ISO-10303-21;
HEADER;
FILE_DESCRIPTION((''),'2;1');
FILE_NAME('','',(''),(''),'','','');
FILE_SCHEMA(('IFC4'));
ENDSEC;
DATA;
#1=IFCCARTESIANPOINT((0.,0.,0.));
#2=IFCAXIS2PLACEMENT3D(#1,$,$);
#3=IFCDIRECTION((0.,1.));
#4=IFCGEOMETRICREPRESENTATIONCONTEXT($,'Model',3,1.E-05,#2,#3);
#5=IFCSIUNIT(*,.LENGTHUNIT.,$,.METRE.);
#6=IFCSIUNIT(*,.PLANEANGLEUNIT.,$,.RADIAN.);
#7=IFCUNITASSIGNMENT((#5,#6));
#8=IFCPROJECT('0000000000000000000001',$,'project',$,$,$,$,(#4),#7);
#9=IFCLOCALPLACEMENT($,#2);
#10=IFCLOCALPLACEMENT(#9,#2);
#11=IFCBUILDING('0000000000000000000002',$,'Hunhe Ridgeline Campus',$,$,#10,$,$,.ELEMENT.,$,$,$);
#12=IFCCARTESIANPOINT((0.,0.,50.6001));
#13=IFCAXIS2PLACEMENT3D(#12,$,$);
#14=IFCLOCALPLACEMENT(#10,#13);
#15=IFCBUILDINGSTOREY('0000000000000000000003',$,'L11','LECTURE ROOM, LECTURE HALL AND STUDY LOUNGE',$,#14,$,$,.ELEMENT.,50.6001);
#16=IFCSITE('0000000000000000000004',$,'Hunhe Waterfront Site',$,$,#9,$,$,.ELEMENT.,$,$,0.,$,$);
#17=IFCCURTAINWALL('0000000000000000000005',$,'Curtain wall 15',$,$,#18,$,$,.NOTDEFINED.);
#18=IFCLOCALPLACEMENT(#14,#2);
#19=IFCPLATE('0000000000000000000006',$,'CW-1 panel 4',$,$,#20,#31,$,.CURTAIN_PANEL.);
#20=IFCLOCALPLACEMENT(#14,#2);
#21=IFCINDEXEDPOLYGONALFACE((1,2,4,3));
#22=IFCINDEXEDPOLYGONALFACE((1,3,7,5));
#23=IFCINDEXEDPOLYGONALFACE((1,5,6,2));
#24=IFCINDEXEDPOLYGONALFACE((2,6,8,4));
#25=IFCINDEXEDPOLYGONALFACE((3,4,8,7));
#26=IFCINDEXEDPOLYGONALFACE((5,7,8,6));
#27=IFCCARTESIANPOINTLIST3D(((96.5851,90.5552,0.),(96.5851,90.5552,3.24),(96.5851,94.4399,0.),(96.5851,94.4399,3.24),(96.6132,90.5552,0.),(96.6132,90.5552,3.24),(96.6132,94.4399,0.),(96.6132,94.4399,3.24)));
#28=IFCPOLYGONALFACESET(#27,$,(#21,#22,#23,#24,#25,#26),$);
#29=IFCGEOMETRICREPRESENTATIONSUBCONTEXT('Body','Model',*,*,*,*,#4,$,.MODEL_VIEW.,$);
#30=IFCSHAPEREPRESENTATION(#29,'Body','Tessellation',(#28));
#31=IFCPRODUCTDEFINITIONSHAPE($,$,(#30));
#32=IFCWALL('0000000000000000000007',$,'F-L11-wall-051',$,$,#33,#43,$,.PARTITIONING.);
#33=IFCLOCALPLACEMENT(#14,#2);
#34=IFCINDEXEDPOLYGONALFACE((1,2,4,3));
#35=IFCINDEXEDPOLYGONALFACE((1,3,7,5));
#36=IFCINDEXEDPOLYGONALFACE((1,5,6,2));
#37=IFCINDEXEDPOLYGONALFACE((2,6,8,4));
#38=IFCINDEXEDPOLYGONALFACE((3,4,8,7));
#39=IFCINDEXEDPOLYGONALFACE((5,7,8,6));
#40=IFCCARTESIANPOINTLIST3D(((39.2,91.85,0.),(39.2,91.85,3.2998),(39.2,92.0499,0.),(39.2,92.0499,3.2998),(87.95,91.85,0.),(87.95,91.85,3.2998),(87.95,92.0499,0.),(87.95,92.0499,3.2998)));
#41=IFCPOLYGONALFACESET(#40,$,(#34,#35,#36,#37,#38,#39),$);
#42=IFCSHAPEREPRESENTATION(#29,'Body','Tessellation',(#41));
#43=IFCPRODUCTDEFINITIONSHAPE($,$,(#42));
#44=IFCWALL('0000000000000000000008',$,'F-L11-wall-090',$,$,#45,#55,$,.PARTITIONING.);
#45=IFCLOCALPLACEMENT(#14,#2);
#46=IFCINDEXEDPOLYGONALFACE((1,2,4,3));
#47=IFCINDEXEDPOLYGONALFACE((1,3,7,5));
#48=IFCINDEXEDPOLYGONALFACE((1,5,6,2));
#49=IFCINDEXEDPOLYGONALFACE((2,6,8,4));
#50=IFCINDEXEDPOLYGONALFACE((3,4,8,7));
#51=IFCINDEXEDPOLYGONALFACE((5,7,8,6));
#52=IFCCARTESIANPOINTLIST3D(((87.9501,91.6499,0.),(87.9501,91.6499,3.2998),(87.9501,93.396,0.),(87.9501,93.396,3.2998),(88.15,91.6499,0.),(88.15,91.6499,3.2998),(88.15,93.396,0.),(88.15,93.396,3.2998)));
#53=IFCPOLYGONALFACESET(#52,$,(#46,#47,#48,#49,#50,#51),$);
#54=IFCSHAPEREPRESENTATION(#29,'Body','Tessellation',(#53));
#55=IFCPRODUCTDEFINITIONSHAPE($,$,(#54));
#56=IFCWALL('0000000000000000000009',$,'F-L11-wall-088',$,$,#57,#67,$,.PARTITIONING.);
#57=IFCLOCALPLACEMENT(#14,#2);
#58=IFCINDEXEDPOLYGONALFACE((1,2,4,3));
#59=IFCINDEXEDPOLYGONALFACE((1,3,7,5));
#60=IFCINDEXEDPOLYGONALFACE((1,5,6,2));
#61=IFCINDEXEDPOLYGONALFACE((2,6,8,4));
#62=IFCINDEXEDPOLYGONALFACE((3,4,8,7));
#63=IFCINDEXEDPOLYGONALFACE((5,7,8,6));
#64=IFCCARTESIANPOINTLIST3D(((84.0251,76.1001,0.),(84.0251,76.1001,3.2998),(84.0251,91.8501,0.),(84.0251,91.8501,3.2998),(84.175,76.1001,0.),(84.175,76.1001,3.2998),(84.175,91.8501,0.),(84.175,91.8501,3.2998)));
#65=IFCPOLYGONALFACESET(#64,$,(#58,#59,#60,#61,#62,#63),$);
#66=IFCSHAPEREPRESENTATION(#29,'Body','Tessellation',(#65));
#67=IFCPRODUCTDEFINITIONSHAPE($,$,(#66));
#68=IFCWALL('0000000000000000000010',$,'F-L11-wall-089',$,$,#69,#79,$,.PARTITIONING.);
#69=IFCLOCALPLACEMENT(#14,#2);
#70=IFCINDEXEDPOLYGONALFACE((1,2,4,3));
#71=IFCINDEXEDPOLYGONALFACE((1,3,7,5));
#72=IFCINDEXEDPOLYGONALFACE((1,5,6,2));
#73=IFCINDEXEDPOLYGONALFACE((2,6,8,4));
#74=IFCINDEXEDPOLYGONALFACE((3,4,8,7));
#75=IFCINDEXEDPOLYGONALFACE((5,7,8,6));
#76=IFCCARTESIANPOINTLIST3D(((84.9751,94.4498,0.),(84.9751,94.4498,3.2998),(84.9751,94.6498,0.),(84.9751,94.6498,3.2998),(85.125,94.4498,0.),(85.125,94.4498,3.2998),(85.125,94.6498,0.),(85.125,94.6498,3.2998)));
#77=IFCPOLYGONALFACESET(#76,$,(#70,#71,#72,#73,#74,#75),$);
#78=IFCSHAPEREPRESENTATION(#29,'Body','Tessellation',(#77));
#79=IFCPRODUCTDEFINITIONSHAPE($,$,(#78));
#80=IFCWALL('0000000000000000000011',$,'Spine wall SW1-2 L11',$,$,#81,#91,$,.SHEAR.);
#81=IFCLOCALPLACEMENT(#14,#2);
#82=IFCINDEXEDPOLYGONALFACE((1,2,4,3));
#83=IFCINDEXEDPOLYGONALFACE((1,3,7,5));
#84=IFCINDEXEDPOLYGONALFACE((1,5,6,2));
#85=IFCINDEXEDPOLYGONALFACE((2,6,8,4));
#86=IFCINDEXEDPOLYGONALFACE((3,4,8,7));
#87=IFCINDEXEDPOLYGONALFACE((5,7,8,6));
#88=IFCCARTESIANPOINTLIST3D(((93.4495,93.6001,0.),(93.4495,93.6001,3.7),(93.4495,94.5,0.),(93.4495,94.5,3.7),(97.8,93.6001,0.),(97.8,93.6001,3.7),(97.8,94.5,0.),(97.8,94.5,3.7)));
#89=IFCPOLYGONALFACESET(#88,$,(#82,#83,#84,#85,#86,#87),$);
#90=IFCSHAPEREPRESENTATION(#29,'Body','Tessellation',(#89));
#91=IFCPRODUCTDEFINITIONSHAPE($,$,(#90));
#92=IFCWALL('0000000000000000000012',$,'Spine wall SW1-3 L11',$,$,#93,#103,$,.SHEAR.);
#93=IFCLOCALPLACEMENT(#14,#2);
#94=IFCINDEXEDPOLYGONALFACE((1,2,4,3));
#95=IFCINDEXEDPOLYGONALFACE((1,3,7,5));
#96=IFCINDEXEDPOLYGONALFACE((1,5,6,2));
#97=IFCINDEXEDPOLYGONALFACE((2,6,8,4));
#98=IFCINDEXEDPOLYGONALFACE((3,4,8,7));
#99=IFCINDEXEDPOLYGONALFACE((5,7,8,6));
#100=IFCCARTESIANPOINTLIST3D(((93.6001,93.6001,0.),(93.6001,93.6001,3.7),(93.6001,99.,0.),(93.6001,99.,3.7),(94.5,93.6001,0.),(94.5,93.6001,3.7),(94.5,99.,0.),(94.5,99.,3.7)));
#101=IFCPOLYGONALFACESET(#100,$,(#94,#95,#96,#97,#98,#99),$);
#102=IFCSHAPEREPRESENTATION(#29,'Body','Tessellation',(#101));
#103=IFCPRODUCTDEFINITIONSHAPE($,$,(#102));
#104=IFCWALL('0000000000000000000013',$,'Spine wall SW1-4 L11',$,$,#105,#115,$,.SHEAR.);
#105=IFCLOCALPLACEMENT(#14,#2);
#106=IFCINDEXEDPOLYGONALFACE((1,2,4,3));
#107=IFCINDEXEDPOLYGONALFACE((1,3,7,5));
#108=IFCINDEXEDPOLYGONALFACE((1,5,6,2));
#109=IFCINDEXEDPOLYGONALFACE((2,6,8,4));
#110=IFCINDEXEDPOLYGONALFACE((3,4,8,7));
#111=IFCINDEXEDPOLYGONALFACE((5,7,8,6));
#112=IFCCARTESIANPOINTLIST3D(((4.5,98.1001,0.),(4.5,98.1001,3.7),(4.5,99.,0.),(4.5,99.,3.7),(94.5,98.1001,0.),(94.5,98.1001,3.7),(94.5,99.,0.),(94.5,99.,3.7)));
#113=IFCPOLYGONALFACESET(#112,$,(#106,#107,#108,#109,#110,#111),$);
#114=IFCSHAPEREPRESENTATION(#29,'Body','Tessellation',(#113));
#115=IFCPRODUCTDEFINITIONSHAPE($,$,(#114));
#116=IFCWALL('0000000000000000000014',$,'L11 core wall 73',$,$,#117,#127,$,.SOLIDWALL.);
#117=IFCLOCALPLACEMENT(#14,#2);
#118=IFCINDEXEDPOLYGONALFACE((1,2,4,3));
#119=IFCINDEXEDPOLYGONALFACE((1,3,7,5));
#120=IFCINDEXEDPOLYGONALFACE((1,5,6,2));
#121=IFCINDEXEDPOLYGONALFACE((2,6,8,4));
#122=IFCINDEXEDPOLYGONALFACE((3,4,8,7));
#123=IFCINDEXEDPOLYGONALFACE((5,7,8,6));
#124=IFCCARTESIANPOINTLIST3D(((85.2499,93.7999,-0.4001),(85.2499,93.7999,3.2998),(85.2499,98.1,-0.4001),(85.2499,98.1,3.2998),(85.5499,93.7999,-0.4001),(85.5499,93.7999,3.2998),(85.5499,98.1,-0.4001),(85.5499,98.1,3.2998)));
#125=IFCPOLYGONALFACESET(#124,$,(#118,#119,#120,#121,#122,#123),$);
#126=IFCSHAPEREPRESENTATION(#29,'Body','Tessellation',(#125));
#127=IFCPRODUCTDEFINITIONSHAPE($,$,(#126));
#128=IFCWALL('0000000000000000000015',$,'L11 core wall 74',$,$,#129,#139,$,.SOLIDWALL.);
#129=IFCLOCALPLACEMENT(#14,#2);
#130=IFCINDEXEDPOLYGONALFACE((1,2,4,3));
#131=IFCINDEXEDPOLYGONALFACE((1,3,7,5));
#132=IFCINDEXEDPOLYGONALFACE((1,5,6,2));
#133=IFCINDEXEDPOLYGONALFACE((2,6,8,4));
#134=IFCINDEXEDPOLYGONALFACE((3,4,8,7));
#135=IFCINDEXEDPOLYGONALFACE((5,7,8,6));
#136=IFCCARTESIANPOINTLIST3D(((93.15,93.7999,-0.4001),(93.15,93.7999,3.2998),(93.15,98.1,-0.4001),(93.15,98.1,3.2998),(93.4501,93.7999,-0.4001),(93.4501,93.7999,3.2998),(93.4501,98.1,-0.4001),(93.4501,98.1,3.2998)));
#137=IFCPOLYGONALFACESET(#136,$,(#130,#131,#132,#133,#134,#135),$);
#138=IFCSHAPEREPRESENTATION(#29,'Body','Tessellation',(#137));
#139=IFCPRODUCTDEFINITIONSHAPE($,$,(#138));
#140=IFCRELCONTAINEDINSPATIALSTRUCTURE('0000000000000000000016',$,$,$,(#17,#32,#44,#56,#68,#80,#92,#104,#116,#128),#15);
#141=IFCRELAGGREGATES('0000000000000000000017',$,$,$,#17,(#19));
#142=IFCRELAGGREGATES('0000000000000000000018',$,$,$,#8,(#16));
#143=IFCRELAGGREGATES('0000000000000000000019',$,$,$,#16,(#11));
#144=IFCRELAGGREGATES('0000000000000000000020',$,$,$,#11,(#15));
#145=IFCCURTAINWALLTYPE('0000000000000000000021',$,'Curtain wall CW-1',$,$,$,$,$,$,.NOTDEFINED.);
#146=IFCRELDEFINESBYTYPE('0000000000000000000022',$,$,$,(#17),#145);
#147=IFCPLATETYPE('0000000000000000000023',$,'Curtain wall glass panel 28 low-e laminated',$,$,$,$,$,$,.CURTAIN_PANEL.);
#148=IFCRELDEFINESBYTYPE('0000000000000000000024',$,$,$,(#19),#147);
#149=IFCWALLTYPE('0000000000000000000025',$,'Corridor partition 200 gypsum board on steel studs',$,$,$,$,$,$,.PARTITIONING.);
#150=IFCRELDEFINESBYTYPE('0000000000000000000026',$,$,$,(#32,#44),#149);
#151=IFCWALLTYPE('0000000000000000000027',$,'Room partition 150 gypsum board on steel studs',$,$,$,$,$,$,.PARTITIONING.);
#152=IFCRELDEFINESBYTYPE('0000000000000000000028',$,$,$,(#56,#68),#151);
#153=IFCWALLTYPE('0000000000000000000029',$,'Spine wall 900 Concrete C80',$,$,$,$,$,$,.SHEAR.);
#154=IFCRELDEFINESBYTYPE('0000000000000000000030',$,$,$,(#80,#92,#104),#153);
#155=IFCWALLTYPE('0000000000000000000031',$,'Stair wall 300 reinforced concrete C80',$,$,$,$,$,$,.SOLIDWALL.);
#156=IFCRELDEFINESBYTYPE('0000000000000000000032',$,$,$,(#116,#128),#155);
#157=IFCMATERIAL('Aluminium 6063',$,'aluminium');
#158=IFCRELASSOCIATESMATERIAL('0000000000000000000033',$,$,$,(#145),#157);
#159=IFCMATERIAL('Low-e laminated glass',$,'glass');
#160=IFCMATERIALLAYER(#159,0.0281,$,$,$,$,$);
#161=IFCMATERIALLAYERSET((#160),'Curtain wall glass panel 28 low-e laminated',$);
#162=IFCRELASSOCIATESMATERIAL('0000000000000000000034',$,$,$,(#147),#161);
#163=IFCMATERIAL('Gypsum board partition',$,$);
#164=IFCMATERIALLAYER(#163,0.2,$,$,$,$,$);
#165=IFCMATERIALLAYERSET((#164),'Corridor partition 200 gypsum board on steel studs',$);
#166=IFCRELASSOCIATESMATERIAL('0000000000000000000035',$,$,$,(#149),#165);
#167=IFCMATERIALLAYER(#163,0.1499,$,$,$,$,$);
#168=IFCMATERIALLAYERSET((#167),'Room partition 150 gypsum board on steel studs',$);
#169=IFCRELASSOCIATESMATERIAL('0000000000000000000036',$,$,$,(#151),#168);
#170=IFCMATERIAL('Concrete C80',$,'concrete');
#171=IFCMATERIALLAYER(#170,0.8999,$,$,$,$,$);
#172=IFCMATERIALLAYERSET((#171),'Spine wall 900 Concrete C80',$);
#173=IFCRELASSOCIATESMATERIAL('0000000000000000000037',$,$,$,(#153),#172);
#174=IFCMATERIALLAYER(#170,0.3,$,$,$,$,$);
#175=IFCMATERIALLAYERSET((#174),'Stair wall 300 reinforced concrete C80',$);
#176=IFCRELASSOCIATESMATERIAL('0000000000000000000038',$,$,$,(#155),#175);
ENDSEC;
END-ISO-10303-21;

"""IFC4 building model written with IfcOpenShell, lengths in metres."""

from ifc_helpers import new_model, si_unit, direction, frame, frame_2d, origin, origin_2d, place, context, subcontext, project, spatial, rectangle, extrude, material, layer, layer_set, type_object, element, aggregate, save


model = new_model("IFC4")

# Units and contexts
model_context = context("Model", 3, precision=1e-05, world=origin(), true_north=direction((0.0, 1.0)))
body_context = subcontext(model_context, "Body", "Model", "MODEL_VIEW")
ifc_project = project(units=[si_unit("LENGTHUNIT", "METRE"), si_unit("PLANEANGLEUNIT", "RADIAN")], contexts=[model_context])

# Site, building, storey
site_placement = place(None, origin())
site = spatial("IfcSite", under=ifc_project, at=site_placement, Name="Hunhe Waterfront Site", CompositionType="ELEMENT", RefElevation=0.0)
building_placement = place(site_placement, origin())
building = spatial("IfcBuilding", under=site, at=building_placement, Name="Hunhe Ridgeline Campus", CompositionType="ELEMENT")
storey_placement = place(building_placement, frame((0.0, 0.0, 50.6001)))
storey = spatial("IfcBuildingStorey", under=building, at=storey_placement, Name="L11", Description="LECTURE ROOM, LECTURE HALL AND STUDY LOUNGE", CompositionType="ELEMENT", Elevation=50.6001)

# Shared definitions
ifc_material_1 = material(Name="Concrete C80", Category="concrete")

# Curtain wall
ifc_material_2 = material(Name="Aluminium 6063", Category="aluminium")
curtain_wall_type = type_object("IfcCurtainWallType", Name="Curtain wall CW-1", PredefinedType="NOTDEFINED", material=ifc_material_2)
curtain_wall_placement = place(storey_placement, origin())
curtain_wall = element("IfcCurtainWall", 1, at=curtain_wall_placement, inside=storey, type_object=curtain_wall_type, Name="Curtain wall 15", PredefinedType="NOTDEFINED")

# Plate
ifc_material_3 = material(Name="Low-e laminated glass", Category="glass")
ifc_layer_1 = layer(ifc_material_3, 0.0281)
ifc_layer_set_1 = layer_set([ifc_layer_1], Name="Curtain wall glass panel 28 low-e laminated")
plate_type = type_object("IfcPlateType", Name="Curtain wall glass panel 28 low-e laminated", PredefinedType="CURTAIN_PANEL", material=ifc_layer_set_1)
plate_1_placement = place(storey_placement, frame((96.5991, 92.4976, 0.0), z_axis=(0.0, 0.0, 1.0), x_axis=(0.0, 1.0, 0.0)))
plate_1 = element("IfcPlate", 2, at=plate_1_placement, type_object=plate_type, Name="CW-1 panel 4", PredefinedType="CURTAIN_PANEL", context=body_context, shape_type="SweptSolid", body=[
    extrude(rectangle(XDim=3.8848, YDim=0.0281, at=origin_2d()), origin(), (0.0, 0.0, 1.0), 3.24),
])
aggregate(curtain_wall, [plate_1])

# Walls
ifc_material_4 = material(Name="Gypsum board partition")
ifc_layer_2 = layer(ifc_material_4, 0.2)
ifc_layer_set_2 = layer_set([ifc_layer_2], Name="Corridor partition 200 gypsum board on steel studs")
wall_type_1 = type_object("IfcWallType", Name="Corridor partition 200 gypsum board on steel studs", PredefinedType="PARTITIONING", material=ifc_layer_set_2)
wall_1_placement = place(storey_placement, frame((87.95, 91.95, 0.0), z_axis=(0.0, 0.0, 1.0), x_axis=(-1.0, 0.0, 0.0)))
element("IfcWall", 3, at=wall_1_placement, inside=storey, type_object=wall_type_1, Name="F-L11-wall-051", PredefinedType="PARTITIONING", context=body_context, shape_type="SweptSolid", body=[
    extrude(rectangle(XDim=48.75, YDim=0.2, at=frame_2d((24.375, 0.0))), origin(), (0.0, 0.0, 1.0), 3.2998),
])
wall_2_placement = place(storey_placement, frame((88.05, 93.396, 0.0), z_axis=(0.0, 0.0, 1.0), x_axis=(0.0, -1.0, 0.0)))
element("IfcWall", 4, at=wall_2_placement, inside=storey, type_object=wall_type_1, Name="F-L11-wall-090", PredefinedType="PARTITIONING", context=body_context, shape_type="SweptSolid", body=[
    extrude(rectangle(XDim=1.7461, YDim=0.2, at=frame_2d((0.873, 0.0))), origin(), (0.0, 0.0, 1.0), 3.2998),
])
ifc_layer_3 = layer(ifc_material_4, 0.1499)
ifc_layer_set_3 = layer_set([ifc_layer_3], Name="Room partition 150 gypsum board on steel studs")
wall_type_2 = type_object("IfcWallType", Name="Room partition 150 gypsum board on steel studs", PredefinedType="PARTITIONING", material=ifc_layer_set_3)
wall_3_placement = place(storey_placement, frame((84.1001, 91.8501, 0.0), z_axis=(0.0, 0.0, 1.0), x_axis=(0.0, -1.0, 0.0)))
element("IfcWall", 5, at=wall_3_placement, inside=storey, type_object=wall_type_2, Name="F-L11-wall-088", PredefinedType="PARTITIONING", context=body_context, shape_type="SweptSolid", body=[
    extrude(rectangle(XDim=15.75, YDim=0.1499, at=frame_2d((7.875, 0.0))), origin(), (0.0, 0.0, 1.0), 3.2998),
])
wall_4_placement = place(storey_placement, frame((85.05, 94.6499, 0.0), z_axis=(0.0, 0.0, 1.0), x_axis=(0.0, -1.0, 0.0)))
element("IfcWall", 6, at=wall_4_placement, inside=storey, type_object=wall_type_2, Name="F-L11-wall-089", PredefinedType="PARTITIONING", context=body_context, shape_type="SweptSolid", body=[
    extrude(rectangle(XDim=0.2, YDim=0.1499, at=frame_2d((0.1001, 0.0))), origin(), (0.0, 0.0, 1.0), 3.2998),
])
ifc_layer_4 = layer(ifc_material_1, 0.8999)
ifc_layer_set_4 = layer_set([ifc_layer_4], Name="Spine wall 900 Concrete C80")
wall_type_3 = type_object("IfcWallType", Name="Spine wall 900 Concrete C80", PredefinedType="SHEAR", material=ifc_layer_set_4)
wall_5_placement = place(storey_placement, frame((97.8, 94.05, 0.0), z_axis=(0.0, 0.0, 1.0), x_axis=(-1.0, 0.0, 0.0)))
element("IfcWall", 7, at=wall_5_placement, inside=storey, type_object=wall_type_3, Name="Spine wall SW1-2 L11", PredefinedType="SHEAR", context=body_context, shape_type="SweptSolid", body=[
    extrude(rectangle(XDim=4.3506, YDim=0.8999, at=frame_2d((2.1753, 0.0))), origin(), (0.0, 0.0, 1.0), 3.7),
])
wall_6_placement = place(storey_placement, frame((94.05, 93.6001, 0.0), z_axis=(0.0, 0.0, 1.0), x_axis=(0.0, 1.0, 0.0)))
element("IfcWall", 8, at=wall_6_placement, inside=storey, type_object=wall_type_3, Name="Spine wall SW1-3 L11", PredefinedType="SHEAR", context=body_context, shape_type="SweptSolid", body=[
    extrude(rectangle(XDim=5.3999, YDim=0.8999, at=frame_2d((2.7, 0.0))), origin(), (0.0, 0.0, 1.0), 3.7),
])
wall_7_placement = place(storey_placement, frame((94.5, 98.55, 0.0), z_axis=(0.0, 0.0, 1.0), x_axis=(-1.0, 0.0, 0.0)))
element("IfcWall", 9, at=wall_7_placement, inside=storey, type_object=wall_type_3, Name="Spine wall SW1-4 L11", PredefinedType="SHEAR", context=body_context, shape_type="SweptSolid", body=[
    extrude(rectangle(XDim=90.0, YDim=0.8999, at=frame_2d((45.0, 0.0))), origin(), (0.0, 0.0, 1.0), 3.7),
])

# Shared definitions
ifc_layer_5 = layer(ifc_material_1, 0.3)
ifc_layer_set_5 = layer_set([ifc_layer_5], Name="Stair wall 300 reinforced concrete C80")
wall_type_4 = type_object("IfcWallType", Name="Stair wall 300 reinforced concrete C80", PredefinedType="SOLIDWALL", material=ifc_layer_set_5)

# Walls
for number, where, z_axis, x_axis, name in (
    (10, (85.3999, 93.8, -0.4001), (0.0, 0.0, 1.0), (0.0, 1.0, 0.0), "L11 core wall 73"),
    (11, (93.3, 93.8, -0.4001), (0.0, 0.0, 1.0), (0.0, 1.0, 0.0), "L11 core wall 74"),
):
    element("IfcWall", number, at=place(storey_placement, frame(where, z_axis=z_axis, x_axis=x_axis)), inside=storey, type_object=wall_type_4, Name=name, PredefinedType="SOLIDWALL", context=body_context, shape_type="SweptSolid", body=[
        extrude(rectangle(XDim=4.3, YDim=0.3, at=frame_2d((2.1499, 0.0))), origin(), (0.0, 0.0, 1.0), 3.7),
    ])

save(model, "model.ifc")
